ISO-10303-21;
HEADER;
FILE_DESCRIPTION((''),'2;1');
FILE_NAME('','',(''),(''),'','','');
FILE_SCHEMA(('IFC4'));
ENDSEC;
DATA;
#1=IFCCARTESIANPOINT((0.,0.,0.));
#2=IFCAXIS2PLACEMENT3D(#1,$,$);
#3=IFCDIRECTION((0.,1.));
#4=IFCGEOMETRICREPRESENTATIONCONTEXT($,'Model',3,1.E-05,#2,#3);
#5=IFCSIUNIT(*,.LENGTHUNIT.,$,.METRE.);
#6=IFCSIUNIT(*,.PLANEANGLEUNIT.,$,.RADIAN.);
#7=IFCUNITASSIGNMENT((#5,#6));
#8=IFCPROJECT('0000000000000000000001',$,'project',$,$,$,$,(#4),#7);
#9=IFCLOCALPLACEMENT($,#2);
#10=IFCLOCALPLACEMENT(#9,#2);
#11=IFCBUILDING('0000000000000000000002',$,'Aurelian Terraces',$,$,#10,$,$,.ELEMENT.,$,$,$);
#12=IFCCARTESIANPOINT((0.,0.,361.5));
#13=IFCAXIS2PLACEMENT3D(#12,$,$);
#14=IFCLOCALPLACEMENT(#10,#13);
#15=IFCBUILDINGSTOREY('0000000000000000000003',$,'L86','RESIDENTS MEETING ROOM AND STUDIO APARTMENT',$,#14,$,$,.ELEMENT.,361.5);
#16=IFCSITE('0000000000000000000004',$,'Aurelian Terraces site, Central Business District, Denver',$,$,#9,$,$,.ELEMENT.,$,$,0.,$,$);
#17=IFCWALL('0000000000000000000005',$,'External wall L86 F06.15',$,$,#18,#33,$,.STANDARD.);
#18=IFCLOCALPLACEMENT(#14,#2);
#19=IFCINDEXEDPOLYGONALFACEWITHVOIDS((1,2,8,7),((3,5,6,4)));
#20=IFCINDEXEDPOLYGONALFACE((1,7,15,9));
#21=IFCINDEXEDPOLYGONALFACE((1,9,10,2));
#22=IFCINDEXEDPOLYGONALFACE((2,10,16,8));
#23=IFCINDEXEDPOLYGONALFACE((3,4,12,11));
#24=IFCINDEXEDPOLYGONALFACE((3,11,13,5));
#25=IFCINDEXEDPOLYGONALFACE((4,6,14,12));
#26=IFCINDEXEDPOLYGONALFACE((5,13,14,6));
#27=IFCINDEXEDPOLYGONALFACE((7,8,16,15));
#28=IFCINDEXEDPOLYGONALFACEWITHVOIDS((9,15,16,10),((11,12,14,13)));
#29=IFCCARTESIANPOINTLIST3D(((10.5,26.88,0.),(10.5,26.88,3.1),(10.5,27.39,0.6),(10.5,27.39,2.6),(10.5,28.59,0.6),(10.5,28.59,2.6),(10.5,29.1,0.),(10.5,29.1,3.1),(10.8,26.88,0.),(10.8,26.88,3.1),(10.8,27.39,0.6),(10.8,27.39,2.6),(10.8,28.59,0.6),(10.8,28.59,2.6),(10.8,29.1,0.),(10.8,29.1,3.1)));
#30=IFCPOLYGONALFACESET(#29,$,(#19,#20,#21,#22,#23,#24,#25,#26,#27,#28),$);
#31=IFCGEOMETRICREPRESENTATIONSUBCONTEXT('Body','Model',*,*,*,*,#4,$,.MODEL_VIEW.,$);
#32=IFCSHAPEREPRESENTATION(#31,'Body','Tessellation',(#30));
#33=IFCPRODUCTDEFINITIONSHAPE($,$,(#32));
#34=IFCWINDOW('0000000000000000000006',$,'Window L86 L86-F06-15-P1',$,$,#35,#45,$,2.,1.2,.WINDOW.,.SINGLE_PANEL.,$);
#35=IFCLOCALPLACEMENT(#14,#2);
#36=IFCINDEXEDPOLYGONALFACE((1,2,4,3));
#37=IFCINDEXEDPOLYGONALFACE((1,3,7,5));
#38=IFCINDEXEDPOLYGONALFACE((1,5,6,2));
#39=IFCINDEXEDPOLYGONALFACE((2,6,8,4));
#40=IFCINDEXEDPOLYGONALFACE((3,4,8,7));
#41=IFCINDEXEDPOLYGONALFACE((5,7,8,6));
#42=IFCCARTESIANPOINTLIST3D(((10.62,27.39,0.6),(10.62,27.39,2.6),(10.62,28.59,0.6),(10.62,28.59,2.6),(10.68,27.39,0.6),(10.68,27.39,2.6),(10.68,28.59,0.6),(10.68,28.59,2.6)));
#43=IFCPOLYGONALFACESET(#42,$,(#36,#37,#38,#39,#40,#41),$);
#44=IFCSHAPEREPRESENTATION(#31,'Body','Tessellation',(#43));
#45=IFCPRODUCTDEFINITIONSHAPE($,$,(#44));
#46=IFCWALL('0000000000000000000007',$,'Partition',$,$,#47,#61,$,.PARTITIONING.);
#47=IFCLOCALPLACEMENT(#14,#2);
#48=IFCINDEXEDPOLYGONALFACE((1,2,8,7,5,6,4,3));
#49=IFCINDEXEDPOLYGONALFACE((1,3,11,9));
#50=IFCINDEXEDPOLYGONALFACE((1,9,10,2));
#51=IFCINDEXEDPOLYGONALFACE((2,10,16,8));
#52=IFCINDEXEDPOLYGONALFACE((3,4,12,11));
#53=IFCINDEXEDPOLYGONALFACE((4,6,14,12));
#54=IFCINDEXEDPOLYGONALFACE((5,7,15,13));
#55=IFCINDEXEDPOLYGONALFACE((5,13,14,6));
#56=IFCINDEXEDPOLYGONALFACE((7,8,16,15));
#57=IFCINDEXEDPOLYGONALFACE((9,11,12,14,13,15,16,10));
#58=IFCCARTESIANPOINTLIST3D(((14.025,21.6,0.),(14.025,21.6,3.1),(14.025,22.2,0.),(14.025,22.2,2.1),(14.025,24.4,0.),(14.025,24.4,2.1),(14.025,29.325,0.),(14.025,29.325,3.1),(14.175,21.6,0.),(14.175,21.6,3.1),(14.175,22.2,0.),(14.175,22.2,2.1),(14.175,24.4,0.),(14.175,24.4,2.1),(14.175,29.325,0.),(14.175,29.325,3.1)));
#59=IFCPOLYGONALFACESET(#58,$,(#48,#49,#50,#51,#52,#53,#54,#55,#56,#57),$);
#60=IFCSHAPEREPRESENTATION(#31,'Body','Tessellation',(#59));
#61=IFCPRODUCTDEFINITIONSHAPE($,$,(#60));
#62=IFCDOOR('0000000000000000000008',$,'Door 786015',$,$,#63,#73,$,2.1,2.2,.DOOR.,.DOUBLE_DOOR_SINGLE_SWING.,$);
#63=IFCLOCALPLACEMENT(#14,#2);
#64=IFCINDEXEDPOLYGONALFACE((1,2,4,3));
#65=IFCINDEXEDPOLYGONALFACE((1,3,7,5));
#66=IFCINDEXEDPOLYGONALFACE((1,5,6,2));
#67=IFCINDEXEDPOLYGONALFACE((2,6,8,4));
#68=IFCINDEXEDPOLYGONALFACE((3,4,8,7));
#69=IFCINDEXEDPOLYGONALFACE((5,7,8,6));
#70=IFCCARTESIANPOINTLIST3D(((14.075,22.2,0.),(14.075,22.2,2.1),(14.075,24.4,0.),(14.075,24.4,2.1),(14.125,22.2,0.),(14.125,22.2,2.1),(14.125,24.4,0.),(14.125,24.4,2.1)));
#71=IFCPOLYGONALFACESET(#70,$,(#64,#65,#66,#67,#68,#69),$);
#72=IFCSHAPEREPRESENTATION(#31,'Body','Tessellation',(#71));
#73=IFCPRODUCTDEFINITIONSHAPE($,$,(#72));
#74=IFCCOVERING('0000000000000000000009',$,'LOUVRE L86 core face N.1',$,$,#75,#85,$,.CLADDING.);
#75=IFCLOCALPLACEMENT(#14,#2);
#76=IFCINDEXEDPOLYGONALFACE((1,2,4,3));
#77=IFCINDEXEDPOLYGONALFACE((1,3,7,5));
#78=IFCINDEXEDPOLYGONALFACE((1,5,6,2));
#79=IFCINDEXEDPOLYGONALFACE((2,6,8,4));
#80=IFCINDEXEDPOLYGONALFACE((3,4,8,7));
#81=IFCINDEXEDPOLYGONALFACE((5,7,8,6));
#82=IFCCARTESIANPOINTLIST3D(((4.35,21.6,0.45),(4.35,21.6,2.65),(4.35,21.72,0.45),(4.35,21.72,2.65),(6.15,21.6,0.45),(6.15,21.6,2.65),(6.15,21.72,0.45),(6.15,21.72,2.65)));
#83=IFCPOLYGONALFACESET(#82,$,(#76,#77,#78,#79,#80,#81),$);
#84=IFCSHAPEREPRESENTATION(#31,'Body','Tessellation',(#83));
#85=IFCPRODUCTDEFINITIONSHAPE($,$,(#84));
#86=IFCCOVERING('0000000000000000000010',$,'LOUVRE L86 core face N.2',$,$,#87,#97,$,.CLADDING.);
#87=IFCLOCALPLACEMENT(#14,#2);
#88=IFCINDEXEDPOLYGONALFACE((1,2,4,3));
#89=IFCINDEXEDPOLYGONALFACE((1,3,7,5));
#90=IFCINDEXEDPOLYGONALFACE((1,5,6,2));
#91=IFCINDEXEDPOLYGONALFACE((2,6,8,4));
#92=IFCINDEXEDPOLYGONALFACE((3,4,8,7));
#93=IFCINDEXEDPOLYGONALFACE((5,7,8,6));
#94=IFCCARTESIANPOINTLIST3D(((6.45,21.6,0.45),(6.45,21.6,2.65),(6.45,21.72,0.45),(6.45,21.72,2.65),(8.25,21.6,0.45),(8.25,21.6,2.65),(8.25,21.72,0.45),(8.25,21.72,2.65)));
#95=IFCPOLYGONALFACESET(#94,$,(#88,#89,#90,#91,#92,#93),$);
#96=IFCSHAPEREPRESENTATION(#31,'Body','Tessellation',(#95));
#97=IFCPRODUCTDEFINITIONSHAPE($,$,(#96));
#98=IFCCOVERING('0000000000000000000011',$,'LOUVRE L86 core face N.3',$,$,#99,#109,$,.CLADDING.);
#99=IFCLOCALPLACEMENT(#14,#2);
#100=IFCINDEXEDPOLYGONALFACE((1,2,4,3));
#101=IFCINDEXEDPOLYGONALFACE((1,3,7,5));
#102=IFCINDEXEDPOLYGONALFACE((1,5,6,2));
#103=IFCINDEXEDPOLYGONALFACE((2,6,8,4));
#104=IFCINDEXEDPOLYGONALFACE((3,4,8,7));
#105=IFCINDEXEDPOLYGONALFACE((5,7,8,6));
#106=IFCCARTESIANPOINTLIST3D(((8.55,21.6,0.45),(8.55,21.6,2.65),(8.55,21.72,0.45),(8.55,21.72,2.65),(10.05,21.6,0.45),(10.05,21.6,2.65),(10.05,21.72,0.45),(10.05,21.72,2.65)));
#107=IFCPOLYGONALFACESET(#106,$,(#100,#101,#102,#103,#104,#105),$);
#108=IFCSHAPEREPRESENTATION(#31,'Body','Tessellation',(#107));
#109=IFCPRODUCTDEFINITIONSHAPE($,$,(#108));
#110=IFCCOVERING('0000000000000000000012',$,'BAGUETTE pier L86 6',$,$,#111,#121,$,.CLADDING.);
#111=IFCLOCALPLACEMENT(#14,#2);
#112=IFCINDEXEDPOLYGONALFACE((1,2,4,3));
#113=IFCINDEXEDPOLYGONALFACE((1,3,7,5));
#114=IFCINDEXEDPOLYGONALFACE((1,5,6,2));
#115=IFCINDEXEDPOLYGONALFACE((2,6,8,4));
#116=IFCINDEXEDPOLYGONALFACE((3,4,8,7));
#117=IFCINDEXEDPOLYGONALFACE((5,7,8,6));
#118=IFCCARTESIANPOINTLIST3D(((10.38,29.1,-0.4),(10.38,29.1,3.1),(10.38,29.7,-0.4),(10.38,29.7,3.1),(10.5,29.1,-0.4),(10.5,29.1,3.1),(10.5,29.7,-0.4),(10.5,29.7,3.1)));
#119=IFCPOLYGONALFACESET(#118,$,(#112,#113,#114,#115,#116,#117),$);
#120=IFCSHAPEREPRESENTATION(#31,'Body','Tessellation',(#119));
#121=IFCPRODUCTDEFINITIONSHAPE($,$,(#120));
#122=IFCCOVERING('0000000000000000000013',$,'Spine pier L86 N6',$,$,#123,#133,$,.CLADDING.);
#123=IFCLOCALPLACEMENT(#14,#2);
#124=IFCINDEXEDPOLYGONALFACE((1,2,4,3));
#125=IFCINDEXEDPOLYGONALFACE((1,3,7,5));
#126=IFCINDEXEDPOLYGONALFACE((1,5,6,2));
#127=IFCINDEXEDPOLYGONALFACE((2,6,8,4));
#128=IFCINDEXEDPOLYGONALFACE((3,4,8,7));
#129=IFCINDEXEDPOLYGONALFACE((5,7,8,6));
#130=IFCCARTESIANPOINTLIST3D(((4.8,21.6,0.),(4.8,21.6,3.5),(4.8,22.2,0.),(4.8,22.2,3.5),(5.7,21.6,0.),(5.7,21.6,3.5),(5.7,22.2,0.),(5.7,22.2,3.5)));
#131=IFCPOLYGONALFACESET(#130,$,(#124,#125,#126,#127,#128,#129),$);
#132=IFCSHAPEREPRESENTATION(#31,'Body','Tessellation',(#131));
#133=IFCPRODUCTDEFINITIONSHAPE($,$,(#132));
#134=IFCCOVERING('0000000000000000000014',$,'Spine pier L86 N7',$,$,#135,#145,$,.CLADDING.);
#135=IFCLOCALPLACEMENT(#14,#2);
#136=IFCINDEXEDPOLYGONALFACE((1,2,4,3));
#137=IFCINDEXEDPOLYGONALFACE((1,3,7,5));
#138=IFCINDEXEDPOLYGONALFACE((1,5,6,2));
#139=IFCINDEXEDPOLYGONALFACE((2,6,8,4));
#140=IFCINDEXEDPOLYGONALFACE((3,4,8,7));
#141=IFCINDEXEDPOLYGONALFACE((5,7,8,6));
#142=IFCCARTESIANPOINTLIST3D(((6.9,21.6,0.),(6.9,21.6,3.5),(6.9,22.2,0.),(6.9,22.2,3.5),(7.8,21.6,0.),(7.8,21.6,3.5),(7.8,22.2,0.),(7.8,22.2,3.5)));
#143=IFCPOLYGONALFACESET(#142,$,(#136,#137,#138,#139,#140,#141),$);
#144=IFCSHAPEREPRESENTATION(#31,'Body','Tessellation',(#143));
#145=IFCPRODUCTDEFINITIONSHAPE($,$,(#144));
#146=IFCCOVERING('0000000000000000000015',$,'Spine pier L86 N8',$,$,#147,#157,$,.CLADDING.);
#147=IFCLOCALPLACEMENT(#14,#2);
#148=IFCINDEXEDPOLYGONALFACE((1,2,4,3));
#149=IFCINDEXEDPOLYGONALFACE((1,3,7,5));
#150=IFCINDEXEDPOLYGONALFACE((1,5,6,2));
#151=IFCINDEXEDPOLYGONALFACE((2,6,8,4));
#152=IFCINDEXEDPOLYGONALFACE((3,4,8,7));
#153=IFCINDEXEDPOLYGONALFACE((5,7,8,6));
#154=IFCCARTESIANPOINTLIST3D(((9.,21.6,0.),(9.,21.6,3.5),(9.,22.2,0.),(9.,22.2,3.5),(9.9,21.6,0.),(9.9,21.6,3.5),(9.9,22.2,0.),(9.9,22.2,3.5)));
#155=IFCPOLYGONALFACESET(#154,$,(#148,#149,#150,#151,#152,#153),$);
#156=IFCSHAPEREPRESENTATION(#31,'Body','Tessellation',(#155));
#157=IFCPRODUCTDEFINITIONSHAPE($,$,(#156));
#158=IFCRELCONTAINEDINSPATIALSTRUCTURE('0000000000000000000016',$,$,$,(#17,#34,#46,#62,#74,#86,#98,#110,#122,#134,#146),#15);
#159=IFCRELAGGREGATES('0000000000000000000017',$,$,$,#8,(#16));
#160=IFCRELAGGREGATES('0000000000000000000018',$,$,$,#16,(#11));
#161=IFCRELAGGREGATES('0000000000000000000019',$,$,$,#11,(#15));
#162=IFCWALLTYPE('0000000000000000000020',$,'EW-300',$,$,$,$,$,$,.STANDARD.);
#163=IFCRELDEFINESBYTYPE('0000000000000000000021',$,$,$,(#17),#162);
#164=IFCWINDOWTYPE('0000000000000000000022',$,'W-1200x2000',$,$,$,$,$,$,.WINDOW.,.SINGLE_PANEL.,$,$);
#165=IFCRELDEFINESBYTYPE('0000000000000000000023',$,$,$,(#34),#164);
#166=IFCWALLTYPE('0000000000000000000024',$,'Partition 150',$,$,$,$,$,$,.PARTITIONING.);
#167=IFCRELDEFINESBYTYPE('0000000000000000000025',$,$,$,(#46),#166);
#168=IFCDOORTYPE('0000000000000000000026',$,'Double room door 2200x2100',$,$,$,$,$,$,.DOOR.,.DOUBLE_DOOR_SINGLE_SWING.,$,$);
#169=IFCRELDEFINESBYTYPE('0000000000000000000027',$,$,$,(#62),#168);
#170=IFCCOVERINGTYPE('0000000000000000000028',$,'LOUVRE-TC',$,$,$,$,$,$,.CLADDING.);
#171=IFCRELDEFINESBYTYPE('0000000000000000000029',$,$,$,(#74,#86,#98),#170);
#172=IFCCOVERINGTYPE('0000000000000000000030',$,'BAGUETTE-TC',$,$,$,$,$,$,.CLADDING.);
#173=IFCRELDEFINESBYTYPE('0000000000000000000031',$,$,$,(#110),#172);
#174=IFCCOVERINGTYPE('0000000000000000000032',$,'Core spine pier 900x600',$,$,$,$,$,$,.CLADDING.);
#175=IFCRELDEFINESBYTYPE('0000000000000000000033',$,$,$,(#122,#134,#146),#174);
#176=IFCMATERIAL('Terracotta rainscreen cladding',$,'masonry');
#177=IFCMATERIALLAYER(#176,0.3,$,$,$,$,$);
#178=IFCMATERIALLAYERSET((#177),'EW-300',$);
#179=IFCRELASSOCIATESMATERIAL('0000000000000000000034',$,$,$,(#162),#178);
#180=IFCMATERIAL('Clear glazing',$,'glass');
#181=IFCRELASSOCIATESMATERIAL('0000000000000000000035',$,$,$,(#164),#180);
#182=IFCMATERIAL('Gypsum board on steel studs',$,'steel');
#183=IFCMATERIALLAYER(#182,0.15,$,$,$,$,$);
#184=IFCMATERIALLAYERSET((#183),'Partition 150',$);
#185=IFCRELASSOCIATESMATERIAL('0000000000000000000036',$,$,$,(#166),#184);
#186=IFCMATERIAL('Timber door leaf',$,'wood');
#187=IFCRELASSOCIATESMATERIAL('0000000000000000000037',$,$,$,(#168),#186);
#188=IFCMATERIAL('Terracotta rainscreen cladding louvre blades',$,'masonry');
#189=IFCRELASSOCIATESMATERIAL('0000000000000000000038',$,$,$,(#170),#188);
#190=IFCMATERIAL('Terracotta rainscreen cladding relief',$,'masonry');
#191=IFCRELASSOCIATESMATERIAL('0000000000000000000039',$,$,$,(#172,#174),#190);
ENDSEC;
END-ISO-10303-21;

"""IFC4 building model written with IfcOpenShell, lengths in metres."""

from ifc_helpers import new_model, si_unit, direction, frame, frame_2d, origin, origin_2d, place, context, subcontext, project, spatial, rectangle, extrude, source, transform, mapped, material, layer, layer_set, type_object, element, fill, save


model = new_model("IFC4")

# Units and contexts
model_context = context("Model", 3, precision=1e-05, world=origin(), true_north=direction((0.0, 1.0)))
body_context = subcontext(model_context, "Body", "Model", "MODEL_VIEW")
ifc_project = project(units=[si_unit("LENGTHUNIT", "METRE"), si_unit("PLANEANGLEUNIT", "RADIAN")], contexts=[model_context])

# Site, building, storey
site_placement = place(None, origin())
site = spatial("IfcSite", under=ifc_project, at=site_placement, Name="Aurelian Terraces site, Central Business District, Denver", CompositionType="ELEMENT", RefElevation=0.0)
building_placement = place(site_placement, origin())
building = spatial("IfcBuilding", under=site, at=building_placement, Name="Aurelian Terraces", CompositionType="ELEMENT")
storey_placement = place(building_placement, frame((0.0, 0.0, 361.5)))
storey = spatial("IfcBuildingStorey", under=building, at=storey_placement, Name="L86", Description="RESIDENTS MEETING ROOM AND STUDIO APARTMENT", CompositionType="ELEMENT", Elevation=361.5)

# Wall, opening, window
ifc_material_1 = material(Name="Terracotta rainscreen cladding", Category="masonry")
ifc_layer_1 = layer(ifc_material_1, 0.3)
ifc_layer_set_1 = layer_set([ifc_layer_1], Name="EW-300")
wall_type_1 = type_object("IfcWallType", Name="EW-300", PredefinedType="STANDARD", material=ifc_layer_set_1)
ifc_material_2 = material(Name="Clear glazing", Category="glass")
shared_shape_1 = source(origin(), body_context, "Body", "SweptSolid", [
    extrude(rectangle(XDim=2.22, YDim=0.3, at=frame_2d((1.11, 0.0))), origin(), (0.0, 0.0, 1.0), 3.1),
])
wall_1_placement = place(storey_placement, frame((10.65, 29.1, 0.0), z_axis=(0.0, 0.0, 1.0), x_axis=(0.0, -1.0, 0.0)))
wall_1 = element("IfcWall", 1, at=wall_1_placement, inside=storey, type_object=wall_type_1, Name="External wall L86 F06.15", PredefinedType="STANDARD", context=body_context, shape_type="MappedRepresentation", body=[
    mapped(shared_shape_1, transform((0.0, 0.0, 0.0), scale=1.0)),
])
shared_shape_2 = source(origin(), body_context, "Body", "SweptSolid", [
    extrude(rectangle(XDim=1.2, YDim=2.0, at=frame_2d((0.6, 1.0))), frame((0.0, 0.16, 0.0), z_axis=(0.0, -1.0, 0.0), x_axis=(1.0, 0.0, 0.0)), (0.0, 0.0, 1.0), 0.32),
])
opening_1_placement = place(wall_1_placement, frame((0.51, 0.0, 0.6)))
opening_1 = element("IfcOpeningElement", 2, at=opening_1_placement, cuts=wall_1, PredefinedType="OPENING", context=body_context, shape_type="MappedRepresentation", body=[
    mapped(shared_shape_2, transform((0.0, 0.0, 0.0), scale=1.0)),
])
window_type_1 = type_object("IfcWindowType", Name="W-1200x2000", PartitioningType="SINGLE_PANEL", PredefinedType="WINDOW", material=ifc_material_2)
shared_shape_3 = source(origin(), body_context, "Body", "SweptSolid", [
    extrude(rectangle(XDim=1.2, YDim=2.0, at=frame_2d((0.6, 1.0))), frame((0.0, 0.03, 0.0), z_axis=(0.0, -1.0, 0.0), x_axis=(1.0, 0.0, 0.0)), (0.0, 0.0, 1.0), 0.06),
])
window_1_placement = place(opening_1_placement, origin())
window_1 = element("IfcWindow", 3, at=window_1_placement, inside=storey, type_object=window_type_1, Name="Window L86 L86-F06-15-P1", OverallHeight=2.0, OverallWidth=1.2, PartitioningType="SINGLE_PANEL", PredefinedType="WINDOW", context=body_context, shape_type="MappedRepresentation", body=[
    mapped(shared_shape_3, transform((0.0, 0.0, 0.0), scale=1.0)),
])
fill(opening_1, window_1)

# Wall, opening, door
ifc_material_3 = material(Name="Gypsum board on steel studs", Category="steel")
ifc_layer_2 = layer(ifc_material_3, 0.15)
ifc_layer_set_2 = layer_set([ifc_layer_2], Name="Partition 150")
wall_type_2 = type_object("IfcWallType", Name="Partition 150", PredefinedType="PARTITIONING", material=ifc_layer_set_2)
shared_shape_4 = source(origin(), body_context, "Body", "SweptSolid", [
    extrude(rectangle(XDim=7.725, YDim=0.15, at=frame_2d((3.8625, 0.0))), origin(), (0.0, 0.0, 1.0), 3.1),
])
wall_2_placement = place(storey_placement, frame((14.1, 29.325, 0.0), z_axis=(0.0, 0.0, 1.0), x_axis=(0.0, -1.0, 0.0)))
wall_2 = element("IfcWall", 4, at=wall_2_placement, inside=storey, type_object=wall_type_2, Name="Partition", PredefinedType="PARTITIONING", context=body_context, shape_type="MappedRepresentation", body=[
    mapped(shared_shape_4, transform((0.0, 0.0, 0.0), scale=1.0)),
])
shared_shape_5 = source(origin(), body_context, "Body", "SweptSolid", [
    extrude(rectangle(XDim=2.2, YDim=2.1, at=frame_2d((1.1, 1.05))), frame((0.0, 0.085, 0.0), z_axis=(0.0, -1.0, 0.0), x_axis=(1.0, 0.0, 0.0)), (0.0, 0.0, 1.0), 0.17),
])
opening_2_placement = place(wall_2_placement, frame((4.925, 0.0, 0.0)))
opening_2 = element("IfcOpeningElement", 5, at=opening_2_placement, cuts=wall_2, PredefinedType="OPENING", context=body_context, shape_type="MappedRepresentation", body=[
    mapped(shared_shape_5, transform((0.0, 0.0, 0.0), scale=1.0)),
])
ifc_material_4 = material(Name="Timber door leaf", Category="wood")
door_type_1 = type_object("IfcDoorType", Name="Double room door 2200x2100", OperationType="DOUBLE_DOOR_SINGLE_SWING", PredefinedType="DOOR", material=ifc_material_4)
shared_shape_6 = source(origin(), body_context, "Body", "SweptSolid", [
    extrude(rectangle(XDim=2.2, YDim=2.1, at=frame_2d((1.1, 1.05))), frame((0.0, 0.025, 0.0), z_axis=(0.0, -1.0, 0.0), x_axis=(1.0, 0.0, 0.0)), (0.0, 0.0, 1.0), 0.05),
])
door_1_placement = place(opening_2_placement, origin())
door_1 = element("IfcDoor", 6, at=door_1_placement, inside=storey, type_object=door_type_1, Name="Door 786015", OperationType="DOUBLE_DOOR_SINGLE_SWING", OverallHeight=2.1, OverallWidth=2.2, PredefinedType="DOOR", context=body_context, shape_type="MappedRepresentation", body=[
    mapped(shared_shape_6, transform((0.0, 0.0, 0.0), scale=1.0)),
])
fill(opening_2, door_1)

# Coverings
ifc_material_5 = material(Name="Terracotta rainscreen cladding louvre blades", Category="masonry")
covering_type_1 = type_object("IfcCoveringType", Name="LOUVRE-TC", PredefinedType="CLADDING", material=ifc_material_5)
shared_shape_7 = source(origin(), body_context, "Body", "SweptSolid", [
    extrude(rectangle(XDim=1.8, YDim=0.12, at=origin_2d()), origin(), (0.0, 0.0, 1.0), 2.2),
])
for number, where, z_axis, x_axis, name in (
    (7, (5.25, 21.66, 0.45), (0.0, 0.0, 1.0), (1.0, 0.0, 0.0), "LOUVRE L86 core face N.1"),
    (8, (7.35, 21.66, 0.45), (0.0, 0.0, 1.0), (1.0, 0.0, 0.0), "LOUVRE L86 core face N.2"),
):
    element("IfcCovering", number, at=place(storey_placement, frame(where, z_axis=z_axis, x_axis=x_axis)), inside=storey, type_object=covering_type_1, Name=name, PredefinedType="CLADDING", context=body_context, shape_type="MappedRepresentation", body=[
        mapped(shared_shape_7, transform((0.0, 0.0, 0.0), scale=1.0)),
    ])
shared_shape_8 = source(origin(), body_context, "Body", "SweptSolid", [
    extrude(rectangle(XDim=1.5, YDim=0.12, at=origin_2d()), origin(), (0.0, 0.0, 1.0), 2.2),
])
covering_1_placement = place(storey_placement, frame((9.3, 21.66, 0.45), z_axis=(0.0, 0.0, 1.0), x_axis=(1.0, 0.0, 0.0)))
element("IfcCovering", 9, at=covering_1_placement, inside=storey, type_object=covering_type_1, Name="LOUVRE L86 core face N.3", PredefinedType="CLADDING", context=body_context, shape_type="MappedRepresentation", body=[
    mapped(shared_shape_8, transform((0.0, 0.0, 0.0), scale=1.0)),
])
ifc_material_6 = material(Name="Terracotta rainscreen cladding relief", Category="masonry")
covering_type_2 = type_object("IfcCoveringType", Name="BAGUETTE-TC", PredefinedType="CLADDING", material=ifc_material_6)
shared_shape_9 = source(origin(), body_context, "Body", "SweptSolid", [
    extrude(rectangle(XDim=0.12, YDim=0.6, at=origin_2d()), origin(), (0.0, 0.0, 1.0), 3.5),
])
covering_2_placement = place(storey_placement, frame((10.44, 29.4, -0.4), z_axis=(0.0, 0.0, 1.0), x_axis=(1.0, 0.0, 0.0)))
element("IfcCovering", 10, at=covering_2_placement, inside=storey, type_object=covering_type_2, Name="BAGUETTE pier L86 6", PredefinedType="CLADDING", context=body_context, shape_type="MappedRepresentation", body=[
    mapped(shared_shape_9, transform((0.0, 0.0, 0.0), scale=1.0)),
])
covering_type_3 = type_object("IfcCoveringType", Name="Core spine pier 900x600", PredefinedType="CLADDING", material=ifc_material_6)
shared_shape_10 = source(origin(), body_context, "Body", "SweptSolid", [
    extrude(rectangle(XDim=0.9, YDim=0.6, at=origin_2d()), origin(), (0.0, 0.0, 1.0), 3.5),
])
for number, where, z_axis, x_axis, name in (
    (11, (5.25, 21.9, 0.0), (0.0, 0.0, 1.0), (1.0, 0.0, 0.0), "Spine pier L86 N6"),
    (12, (7.35, 21.9, 0.0), (0.0, 0.0, 1.0), (1.0, 0.0, 0.0), "Spine pier L86 N7"),
    (13, (9.45, 21.9, 0.0), (0.0, 0.0, 1.0), (1.0, 0.0, 0.0), "Spine pier L86 N8"),
):
    element("IfcCovering", number, at=place(storey_placement, frame(where, z_axis=z_axis, x_axis=x_axis)), inside=storey, type_object=covering_type_3, Name=name, PredefinedType="CLADDING", context=body_context, shape_type="MappedRepresentation", body=[
        mapped(shared_shape_10, transform((0.0, 0.0, 0.0), scale=1.0)),
    ])

save(model, "model.ifc")
